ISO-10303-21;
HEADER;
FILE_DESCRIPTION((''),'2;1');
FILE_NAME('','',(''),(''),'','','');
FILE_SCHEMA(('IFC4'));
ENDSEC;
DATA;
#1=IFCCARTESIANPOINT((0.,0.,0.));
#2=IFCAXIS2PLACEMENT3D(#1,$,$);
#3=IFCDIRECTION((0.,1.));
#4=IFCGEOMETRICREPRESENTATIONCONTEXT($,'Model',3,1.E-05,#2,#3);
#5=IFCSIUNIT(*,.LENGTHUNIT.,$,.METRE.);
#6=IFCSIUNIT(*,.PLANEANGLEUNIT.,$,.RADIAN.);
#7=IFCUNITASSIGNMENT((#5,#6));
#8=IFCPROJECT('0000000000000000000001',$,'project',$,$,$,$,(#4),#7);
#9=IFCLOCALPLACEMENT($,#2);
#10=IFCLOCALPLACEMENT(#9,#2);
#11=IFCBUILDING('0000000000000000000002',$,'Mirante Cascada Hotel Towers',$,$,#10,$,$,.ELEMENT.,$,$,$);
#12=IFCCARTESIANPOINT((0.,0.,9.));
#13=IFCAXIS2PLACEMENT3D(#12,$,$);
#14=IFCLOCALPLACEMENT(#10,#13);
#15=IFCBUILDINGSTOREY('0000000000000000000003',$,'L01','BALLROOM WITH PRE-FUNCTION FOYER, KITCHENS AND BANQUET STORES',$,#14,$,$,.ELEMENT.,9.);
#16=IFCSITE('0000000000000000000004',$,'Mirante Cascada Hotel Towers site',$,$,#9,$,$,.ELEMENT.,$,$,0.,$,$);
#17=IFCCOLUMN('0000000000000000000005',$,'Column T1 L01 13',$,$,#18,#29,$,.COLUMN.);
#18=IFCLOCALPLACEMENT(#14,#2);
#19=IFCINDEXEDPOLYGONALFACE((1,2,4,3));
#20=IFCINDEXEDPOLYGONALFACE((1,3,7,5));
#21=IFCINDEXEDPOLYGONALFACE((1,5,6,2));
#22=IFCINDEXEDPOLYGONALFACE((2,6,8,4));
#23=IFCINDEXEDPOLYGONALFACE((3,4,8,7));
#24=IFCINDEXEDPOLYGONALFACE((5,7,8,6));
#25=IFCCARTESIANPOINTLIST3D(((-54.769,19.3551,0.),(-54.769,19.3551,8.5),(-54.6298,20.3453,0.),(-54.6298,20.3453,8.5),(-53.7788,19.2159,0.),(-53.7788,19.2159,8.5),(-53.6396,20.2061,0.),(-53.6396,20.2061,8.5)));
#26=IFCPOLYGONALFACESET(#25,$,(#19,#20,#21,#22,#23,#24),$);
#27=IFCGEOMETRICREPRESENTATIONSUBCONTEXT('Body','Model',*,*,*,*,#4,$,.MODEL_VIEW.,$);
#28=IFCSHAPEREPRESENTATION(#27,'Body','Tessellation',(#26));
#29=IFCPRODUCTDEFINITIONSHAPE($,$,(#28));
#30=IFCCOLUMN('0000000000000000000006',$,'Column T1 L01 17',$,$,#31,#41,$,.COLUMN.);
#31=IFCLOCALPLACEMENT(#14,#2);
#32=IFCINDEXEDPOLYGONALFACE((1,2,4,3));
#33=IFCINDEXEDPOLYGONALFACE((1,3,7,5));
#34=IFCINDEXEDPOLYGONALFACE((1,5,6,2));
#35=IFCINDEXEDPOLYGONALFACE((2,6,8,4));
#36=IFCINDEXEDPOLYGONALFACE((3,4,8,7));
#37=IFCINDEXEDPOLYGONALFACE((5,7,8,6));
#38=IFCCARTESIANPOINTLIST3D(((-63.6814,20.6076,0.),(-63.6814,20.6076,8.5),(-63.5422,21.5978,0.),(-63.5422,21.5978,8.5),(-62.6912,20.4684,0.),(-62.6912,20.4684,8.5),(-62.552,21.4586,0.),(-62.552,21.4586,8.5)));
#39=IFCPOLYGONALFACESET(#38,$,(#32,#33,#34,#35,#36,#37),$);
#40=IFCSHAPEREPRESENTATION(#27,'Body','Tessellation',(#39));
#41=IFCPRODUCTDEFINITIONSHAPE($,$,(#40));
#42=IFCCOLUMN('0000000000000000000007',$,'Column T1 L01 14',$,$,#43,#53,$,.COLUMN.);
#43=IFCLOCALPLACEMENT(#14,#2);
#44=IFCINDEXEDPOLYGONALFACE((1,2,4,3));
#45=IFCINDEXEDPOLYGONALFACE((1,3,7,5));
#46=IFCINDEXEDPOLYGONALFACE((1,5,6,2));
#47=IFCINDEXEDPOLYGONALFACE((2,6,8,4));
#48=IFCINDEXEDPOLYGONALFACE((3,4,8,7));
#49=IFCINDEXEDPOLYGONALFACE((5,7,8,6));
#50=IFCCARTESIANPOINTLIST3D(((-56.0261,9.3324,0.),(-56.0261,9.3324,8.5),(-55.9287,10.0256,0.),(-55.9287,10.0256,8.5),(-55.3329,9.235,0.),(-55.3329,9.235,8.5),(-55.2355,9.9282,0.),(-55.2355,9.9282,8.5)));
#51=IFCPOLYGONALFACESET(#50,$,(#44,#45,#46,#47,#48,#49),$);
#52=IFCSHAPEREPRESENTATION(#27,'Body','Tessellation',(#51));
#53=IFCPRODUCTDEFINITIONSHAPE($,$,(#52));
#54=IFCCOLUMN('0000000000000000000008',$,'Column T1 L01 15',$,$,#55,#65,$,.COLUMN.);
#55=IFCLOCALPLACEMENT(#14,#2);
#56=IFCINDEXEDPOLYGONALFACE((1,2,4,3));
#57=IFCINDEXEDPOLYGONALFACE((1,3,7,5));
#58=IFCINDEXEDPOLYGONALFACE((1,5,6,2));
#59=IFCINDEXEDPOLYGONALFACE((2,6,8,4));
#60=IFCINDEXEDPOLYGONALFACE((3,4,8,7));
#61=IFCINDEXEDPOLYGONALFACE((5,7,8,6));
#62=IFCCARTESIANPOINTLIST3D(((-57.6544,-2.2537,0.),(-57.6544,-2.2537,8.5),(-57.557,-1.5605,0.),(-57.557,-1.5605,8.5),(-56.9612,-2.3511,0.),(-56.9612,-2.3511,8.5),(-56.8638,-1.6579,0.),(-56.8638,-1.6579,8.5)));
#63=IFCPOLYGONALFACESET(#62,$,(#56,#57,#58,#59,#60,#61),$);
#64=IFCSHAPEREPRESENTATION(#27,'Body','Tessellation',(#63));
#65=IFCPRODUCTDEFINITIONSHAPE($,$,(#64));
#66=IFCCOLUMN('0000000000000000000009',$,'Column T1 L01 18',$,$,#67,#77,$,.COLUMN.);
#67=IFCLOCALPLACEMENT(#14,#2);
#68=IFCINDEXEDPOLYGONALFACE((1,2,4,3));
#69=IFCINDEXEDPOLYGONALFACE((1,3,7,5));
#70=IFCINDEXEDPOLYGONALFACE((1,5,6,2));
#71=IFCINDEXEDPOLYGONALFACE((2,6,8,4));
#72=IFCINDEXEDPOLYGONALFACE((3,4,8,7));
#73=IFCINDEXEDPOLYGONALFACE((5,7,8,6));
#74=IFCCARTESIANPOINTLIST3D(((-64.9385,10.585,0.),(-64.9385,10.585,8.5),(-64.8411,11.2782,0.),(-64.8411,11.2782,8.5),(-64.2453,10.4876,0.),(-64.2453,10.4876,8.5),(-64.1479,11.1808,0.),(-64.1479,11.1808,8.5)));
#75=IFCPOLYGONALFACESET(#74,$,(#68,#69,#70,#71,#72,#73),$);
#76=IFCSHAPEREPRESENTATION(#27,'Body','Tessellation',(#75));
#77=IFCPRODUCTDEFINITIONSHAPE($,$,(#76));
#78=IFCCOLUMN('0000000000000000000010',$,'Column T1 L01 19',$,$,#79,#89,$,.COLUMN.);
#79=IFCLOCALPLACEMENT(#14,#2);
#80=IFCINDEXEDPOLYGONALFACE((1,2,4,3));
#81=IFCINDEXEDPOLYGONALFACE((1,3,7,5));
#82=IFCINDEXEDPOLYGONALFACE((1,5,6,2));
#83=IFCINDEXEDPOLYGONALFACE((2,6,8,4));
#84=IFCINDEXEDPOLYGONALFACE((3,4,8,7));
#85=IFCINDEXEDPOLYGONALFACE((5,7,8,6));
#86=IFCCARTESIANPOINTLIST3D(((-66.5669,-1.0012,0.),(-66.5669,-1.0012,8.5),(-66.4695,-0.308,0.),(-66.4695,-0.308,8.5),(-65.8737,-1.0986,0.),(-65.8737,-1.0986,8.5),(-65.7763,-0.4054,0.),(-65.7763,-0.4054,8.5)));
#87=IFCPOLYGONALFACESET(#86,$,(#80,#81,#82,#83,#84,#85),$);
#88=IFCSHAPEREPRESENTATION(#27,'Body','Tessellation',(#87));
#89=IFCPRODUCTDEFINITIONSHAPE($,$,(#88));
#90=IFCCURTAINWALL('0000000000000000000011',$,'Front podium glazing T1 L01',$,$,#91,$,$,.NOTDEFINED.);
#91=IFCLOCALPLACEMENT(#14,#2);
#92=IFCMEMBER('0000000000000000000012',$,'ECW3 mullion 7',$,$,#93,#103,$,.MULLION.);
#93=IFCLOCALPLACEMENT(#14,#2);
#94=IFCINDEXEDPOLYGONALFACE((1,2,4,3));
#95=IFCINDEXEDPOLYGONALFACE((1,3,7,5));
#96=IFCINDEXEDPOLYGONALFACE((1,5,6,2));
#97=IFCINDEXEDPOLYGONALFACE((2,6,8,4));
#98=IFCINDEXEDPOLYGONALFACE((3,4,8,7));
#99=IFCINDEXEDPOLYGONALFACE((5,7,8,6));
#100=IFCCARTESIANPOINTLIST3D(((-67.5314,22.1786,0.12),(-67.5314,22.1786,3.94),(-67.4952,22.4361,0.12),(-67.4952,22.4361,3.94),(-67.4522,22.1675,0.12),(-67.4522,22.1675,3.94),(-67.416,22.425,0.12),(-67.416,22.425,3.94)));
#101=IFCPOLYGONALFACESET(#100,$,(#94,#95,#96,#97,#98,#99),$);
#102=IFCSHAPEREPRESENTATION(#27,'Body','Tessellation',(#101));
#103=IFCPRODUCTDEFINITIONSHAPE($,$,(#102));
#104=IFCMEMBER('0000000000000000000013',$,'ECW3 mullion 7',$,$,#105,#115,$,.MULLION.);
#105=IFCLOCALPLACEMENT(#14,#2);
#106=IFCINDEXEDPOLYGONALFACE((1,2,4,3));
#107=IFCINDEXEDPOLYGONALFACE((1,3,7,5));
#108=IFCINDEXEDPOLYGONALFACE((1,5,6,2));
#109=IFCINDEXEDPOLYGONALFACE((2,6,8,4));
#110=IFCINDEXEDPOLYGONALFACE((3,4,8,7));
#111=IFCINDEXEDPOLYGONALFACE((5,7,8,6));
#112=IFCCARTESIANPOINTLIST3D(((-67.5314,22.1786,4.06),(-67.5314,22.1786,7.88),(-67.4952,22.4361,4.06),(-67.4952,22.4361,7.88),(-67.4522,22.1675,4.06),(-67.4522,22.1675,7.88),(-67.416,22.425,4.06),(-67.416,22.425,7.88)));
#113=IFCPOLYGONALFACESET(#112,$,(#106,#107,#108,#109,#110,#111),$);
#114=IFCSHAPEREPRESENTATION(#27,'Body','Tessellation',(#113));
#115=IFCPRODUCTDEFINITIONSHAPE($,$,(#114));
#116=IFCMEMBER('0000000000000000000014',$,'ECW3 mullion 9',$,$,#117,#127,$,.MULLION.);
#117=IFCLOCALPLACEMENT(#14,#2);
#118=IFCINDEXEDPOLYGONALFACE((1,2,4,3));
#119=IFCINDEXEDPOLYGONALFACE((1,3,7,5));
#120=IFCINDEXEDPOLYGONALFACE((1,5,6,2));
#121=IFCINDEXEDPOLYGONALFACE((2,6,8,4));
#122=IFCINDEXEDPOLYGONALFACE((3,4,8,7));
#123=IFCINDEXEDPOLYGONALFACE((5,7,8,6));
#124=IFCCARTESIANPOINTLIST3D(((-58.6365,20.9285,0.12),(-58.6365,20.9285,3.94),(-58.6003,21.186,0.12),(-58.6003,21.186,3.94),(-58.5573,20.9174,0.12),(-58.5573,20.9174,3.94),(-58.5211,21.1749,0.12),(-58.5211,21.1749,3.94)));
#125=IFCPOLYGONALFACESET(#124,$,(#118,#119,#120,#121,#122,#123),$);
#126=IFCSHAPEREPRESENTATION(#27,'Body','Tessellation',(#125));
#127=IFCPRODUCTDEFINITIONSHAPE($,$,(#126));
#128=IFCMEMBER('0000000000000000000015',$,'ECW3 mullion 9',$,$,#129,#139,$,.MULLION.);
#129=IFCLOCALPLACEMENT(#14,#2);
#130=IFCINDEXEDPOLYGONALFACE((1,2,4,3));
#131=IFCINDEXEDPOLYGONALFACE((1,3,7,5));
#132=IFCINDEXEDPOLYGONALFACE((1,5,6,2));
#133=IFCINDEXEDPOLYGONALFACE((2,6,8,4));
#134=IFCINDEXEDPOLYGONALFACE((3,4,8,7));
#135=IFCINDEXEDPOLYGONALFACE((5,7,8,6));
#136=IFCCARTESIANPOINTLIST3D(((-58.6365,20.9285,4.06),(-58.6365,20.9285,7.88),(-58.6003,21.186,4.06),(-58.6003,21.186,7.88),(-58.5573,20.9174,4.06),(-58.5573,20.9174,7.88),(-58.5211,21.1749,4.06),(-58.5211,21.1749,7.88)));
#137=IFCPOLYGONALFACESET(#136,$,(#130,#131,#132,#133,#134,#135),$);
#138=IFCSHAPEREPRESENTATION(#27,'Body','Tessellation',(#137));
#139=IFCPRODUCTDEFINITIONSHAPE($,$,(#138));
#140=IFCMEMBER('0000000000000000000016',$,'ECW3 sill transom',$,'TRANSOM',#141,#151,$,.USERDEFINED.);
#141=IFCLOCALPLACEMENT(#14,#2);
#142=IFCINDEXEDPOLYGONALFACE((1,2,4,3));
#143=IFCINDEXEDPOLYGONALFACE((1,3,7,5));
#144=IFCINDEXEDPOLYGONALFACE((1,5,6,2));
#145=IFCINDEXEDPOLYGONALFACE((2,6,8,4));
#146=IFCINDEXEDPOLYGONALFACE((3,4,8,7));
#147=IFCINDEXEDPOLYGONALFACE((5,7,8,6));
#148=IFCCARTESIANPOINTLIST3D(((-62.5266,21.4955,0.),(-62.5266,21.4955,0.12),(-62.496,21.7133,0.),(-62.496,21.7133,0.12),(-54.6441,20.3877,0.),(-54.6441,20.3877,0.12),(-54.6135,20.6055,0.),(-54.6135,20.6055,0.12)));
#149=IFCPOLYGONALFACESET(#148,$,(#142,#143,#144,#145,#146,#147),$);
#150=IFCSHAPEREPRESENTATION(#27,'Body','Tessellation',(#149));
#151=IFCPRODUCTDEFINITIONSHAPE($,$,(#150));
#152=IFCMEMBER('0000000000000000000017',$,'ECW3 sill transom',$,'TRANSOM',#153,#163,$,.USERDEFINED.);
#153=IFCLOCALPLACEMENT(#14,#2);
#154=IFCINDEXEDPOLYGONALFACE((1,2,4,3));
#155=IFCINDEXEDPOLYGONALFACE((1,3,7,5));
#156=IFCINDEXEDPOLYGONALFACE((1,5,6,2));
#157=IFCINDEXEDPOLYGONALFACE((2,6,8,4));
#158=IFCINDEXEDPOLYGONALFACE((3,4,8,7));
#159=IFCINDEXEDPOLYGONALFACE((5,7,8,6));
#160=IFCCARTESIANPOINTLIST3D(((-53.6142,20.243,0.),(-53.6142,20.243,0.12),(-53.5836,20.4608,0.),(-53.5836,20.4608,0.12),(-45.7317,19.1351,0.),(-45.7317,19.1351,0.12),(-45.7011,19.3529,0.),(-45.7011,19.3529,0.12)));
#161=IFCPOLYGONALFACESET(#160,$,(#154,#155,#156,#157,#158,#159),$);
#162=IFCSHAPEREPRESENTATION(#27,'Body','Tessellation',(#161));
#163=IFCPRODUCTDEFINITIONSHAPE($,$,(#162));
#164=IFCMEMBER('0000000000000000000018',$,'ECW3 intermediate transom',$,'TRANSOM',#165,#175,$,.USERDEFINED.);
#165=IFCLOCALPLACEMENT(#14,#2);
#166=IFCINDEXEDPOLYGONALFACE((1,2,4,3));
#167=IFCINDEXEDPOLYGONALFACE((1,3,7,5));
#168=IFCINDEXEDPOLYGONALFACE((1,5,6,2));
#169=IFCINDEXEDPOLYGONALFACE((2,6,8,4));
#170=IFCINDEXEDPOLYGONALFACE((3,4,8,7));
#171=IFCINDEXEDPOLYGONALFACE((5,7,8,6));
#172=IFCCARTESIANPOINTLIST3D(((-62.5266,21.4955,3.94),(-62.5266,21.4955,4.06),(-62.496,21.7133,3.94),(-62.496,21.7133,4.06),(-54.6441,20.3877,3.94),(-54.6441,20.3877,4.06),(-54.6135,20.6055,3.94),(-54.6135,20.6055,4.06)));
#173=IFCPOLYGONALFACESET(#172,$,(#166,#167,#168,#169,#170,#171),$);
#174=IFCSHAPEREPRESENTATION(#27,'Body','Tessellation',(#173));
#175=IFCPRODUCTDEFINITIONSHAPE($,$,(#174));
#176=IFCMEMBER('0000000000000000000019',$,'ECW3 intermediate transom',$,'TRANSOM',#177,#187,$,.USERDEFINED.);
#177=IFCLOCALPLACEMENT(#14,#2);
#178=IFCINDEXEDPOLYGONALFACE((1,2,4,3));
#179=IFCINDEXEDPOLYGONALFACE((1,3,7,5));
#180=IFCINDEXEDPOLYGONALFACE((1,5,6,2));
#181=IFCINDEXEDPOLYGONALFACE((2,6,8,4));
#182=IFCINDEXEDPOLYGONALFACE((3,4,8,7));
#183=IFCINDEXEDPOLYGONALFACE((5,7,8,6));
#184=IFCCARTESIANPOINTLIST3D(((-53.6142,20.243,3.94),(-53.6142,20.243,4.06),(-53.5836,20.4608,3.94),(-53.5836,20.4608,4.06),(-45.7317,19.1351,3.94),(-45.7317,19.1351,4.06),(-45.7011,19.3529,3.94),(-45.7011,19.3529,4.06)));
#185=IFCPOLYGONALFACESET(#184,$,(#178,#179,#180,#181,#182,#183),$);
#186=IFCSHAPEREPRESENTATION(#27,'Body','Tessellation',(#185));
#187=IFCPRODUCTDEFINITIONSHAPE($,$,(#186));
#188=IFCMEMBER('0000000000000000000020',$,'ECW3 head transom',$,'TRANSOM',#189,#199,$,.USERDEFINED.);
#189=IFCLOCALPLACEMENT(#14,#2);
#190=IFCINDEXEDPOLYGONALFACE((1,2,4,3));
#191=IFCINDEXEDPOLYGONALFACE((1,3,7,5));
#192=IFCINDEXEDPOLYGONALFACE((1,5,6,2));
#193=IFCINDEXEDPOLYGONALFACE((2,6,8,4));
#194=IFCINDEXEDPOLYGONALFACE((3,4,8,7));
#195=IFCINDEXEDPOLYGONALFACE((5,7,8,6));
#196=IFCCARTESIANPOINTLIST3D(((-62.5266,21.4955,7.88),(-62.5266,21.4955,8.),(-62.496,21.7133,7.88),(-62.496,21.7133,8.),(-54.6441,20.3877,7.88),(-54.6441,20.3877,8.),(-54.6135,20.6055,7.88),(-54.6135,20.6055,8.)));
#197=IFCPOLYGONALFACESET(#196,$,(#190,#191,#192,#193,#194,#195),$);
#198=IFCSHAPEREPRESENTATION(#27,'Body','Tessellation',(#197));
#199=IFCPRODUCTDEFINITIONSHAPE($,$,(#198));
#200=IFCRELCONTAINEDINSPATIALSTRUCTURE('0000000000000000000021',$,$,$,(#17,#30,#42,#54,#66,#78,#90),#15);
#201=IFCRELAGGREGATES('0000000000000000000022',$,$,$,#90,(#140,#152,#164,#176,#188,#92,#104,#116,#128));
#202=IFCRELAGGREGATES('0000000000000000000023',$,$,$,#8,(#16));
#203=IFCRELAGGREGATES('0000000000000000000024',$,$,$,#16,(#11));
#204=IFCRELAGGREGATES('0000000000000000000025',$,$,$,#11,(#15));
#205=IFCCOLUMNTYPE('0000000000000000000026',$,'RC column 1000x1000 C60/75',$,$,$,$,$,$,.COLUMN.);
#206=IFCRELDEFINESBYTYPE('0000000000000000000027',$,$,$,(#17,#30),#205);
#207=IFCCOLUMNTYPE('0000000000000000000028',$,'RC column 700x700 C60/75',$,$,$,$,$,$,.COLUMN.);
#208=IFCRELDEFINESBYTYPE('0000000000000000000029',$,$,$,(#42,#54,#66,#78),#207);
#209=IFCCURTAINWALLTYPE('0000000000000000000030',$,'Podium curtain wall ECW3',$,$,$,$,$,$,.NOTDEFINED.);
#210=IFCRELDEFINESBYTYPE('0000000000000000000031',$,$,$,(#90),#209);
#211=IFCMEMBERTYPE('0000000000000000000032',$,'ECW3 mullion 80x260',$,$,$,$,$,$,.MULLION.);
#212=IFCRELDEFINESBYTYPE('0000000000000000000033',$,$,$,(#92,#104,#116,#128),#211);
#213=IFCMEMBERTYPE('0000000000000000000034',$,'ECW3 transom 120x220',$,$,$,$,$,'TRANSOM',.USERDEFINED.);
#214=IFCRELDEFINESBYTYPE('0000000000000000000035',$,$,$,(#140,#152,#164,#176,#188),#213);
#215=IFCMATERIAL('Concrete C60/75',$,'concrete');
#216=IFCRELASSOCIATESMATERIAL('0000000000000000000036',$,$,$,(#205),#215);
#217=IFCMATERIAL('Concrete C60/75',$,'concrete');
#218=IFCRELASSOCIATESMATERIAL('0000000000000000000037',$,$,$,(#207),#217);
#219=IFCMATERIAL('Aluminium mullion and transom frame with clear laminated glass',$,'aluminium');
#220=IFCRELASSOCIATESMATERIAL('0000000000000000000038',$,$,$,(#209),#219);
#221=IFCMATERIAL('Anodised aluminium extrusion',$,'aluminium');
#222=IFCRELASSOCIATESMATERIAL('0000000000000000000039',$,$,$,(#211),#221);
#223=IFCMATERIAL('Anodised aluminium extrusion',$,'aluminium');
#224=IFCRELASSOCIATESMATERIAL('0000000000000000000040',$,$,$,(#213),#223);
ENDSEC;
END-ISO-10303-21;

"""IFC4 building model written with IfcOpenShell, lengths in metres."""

from ifc_helpers import new_model, si_unit, direction, frame, origin, origin_2d, place, context, subcontext, project, spatial, rectangle, extrude, material, material_profile, profile_set, type_object, element, aggregate, save


model = new_model("IFC4")

# Units and contexts
model_context = context("Model", 3, precision=1e-05, world=origin(), true_north=direction((0.0, 1.0)))
body_context = subcontext(model_context, "Body", "Model", "MODEL_VIEW")
ifc_project = project(units=[si_unit("LENGTHUNIT", "METRE"), si_unit("PLANEANGLEUNIT", "RADIAN")], contexts=[model_context])

# Site, building, storey
site_placement = place(None, origin())
site = spatial("IfcSite", under=ifc_project, at=site_placement, Name="Mirante Cascada Hotel Towers site", CompositionType="ELEMENT", RefElevation=0.0)
building_placement = place(site_placement, origin())
building = spatial("IfcBuilding", under=site, at=building_placement, Name="Mirante Cascada Hotel Towers", CompositionType="ELEMENT")
storey_placement = place(building_placement, frame((0.0, 0.0, 9.0)))
storey = spatial("IfcBuildingStorey", under=building, at=storey_placement, Name="L01", Description="BALLROOM WITH PRE-FUNCTION FOYER, KITCHENS AND BANQUET STORES", CompositionType="ELEMENT", Elevation=9.0)

# Columns
ifc_material_1 = material(Name="Concrete C60/75", Category="concrete")
ifc_material_profile_1 = material_profile(ifc_material_1, rectangle(XDim=1.0, YDim=1.0, at=origin_2d()), Name="RC column 1000x1000 C60/75")
ifc_profile_set_1 = profile_set([ifc_material_profile_1], Name="Concrete C60/75")
column_type_1 = type_object("IfcColumnType", Name="RC column 1000x1000 C60/75", PredefinedType="COLUMN", material=ifc_profile_set_1)
for number, where, z_axis, x_axis, name in (
    (1, (-54.2043, 19.7806, 0.0), (0.0, 0.0, 1.0), (-0.990268, 0.139173, 0.0), "Column T1 L01 13"),
    (2, (-63.1167, 21.0331, 0.0), (0.0, 0.0, 1.0), (-0.990268, 0.139173, 0.0), "Column T1 L01 17"),
):
    element("IfcColumn", number, at=place(storey_placement, frame(where, z_axis=z_axis, x_axis=x_axis)), inside=storey, type_object=column_type_1, Name=name, PredefinedType="COLUMN", context=body_context, shape_type="SweptSolid", body=[
        extrude(rectangle(XDim=1.0, YDim=1.0, at=origin_2d()), origin(), (0.0, 0.0, 1.0), 8.5),
    ])
ifc_material_2 = material(Name="Concrete C60/75", Category="concrete")
ifc_material_profile_2 = material_profile(ifc_material_2, rectangle(XDim=0.7, YDim=0.7, at=origin_2d()), Name="RC column 700x700 C60/75")
ifc_profile_set_2 = profile_set([ifc_material_profile_2], Name="Concrete C60/75")
column_type_2 = type_object("IfcColumnType", Name="RC column 700x700 C60/75", PredefinedType="COLUMN", material=ifc_profile_set_2)
for number, where, z_axis, x_axis, name in (
    (3, (-55.6308, 9.6303, 0.0), (0.0, 0.0, 1.0), (-0.990268, 0.139173, 0.0), "Column T1 L01 14"),
    (4, (-57.2591, -1.9558, 0.0), (0.0, 0.0, 1.0), (-0.990268, 0.139173, 0.0), "Column T1 L01 15"),
    (5, (-64.5432, 10.8829, 0.0), (0.0, 0.0, 1.0), (-0.990268, 0.139173, 0.0), "Column T1 L01 18"),
    (6, (-66.1716, -0.7033, 0.0), (0.0, 0.0, 1.0), (-0.990268, 0.139173, 0.0), "Column T1 L01 19"),
):
    element("IfcColumn", number, at=place(storey_placement, frame(where, z_axis=z_axis, x_axis=x_axis)), inside=storey, type_object=column_type_2, Name=name, PredefinedType="COLUMN", context=body_context, shape_type="SweptSolid", body=[
        extrude(rectangle(XDim=0.7, YDim=0.7, at=origin_2d()), origin(), (0.0, 0.0, 1.0), 8.5),
    ])

# Curtain wall, members
ifc_material_3 = material(Name="Aluminium mullion and transom frame with clear laminated glass", Category="aluminium")
curtain_wall_type = type_object("IfcCurtainWallType", Name="Podium curtain wall ECW3", PredefinedType="NOTDEFINED", material=ifc_material_3)
curtain_wall_placement = place(storey_placement, origin())
curtain_wall = element("IfcCurtainWall", 7, at=curtain_wall_placement, inside=storey, type_object=curtain_wall_type, Name="Front podium glazing T1 L01", PredefinedType="NOTDEFINED")
ifc_material_4 = material(Name="Anodised aluminium extrusion", Category="aluminium")
ifc_material_profile_3 = material_profile(ifc_material_4, rectangle(XDim=0.26, YDim=0.08, at=origin_2d()), Name="ECW3 MULLION 80x260")
ifc_profile_set_3 = profile_set([ifc_material_profile_3], Name="Anodised aluminium extrusion")
member_type_1 = type_object("IfcMemberType", Name="ECW3 mullion 80x260", PredefinedType="MULLION", material=ifc_profile_set_3)
member_1_placement = place(storey_placement, frame((-67.4737, 22.3018, 0.12), z_axis=(0.0, 0.0, 1.0), x_axis=(0.139173, 0.990268, 0.0)))
member_1 = element("IfcMember", 8, at=member_1_placement, type_object=member_type_1, Name="ECW3 mullion 7", PredefinedType="MULLION", context=body_context, shape_type="SweptSolid", body=[
    extrude(rectangle(XDim=0.26, YDim=0.08, at=origin_2d()), origin(), (0.0, 0.0, 1.0), 3.82),
])
member_2_placement = place(storey_placement, frame((-67.4737, 22.3018, 4.06), z_axis=(0.0, 0.0, 1.0), x_axis=(0.139173, 0.990268, 0.0)))
member_2 = element("IfcMember", 9, at=member_2_placement, type_object=member_type_1, Name="ECW3 mullion 7", PredefinedType="MULLION", context=body_context, shape_type="SweptSolid", body=[
    extrude(rectangle(XDim=0.26, YDim=0.08, at=origin_2d()), origin(), (0.0, 0.0, 1.0), 3.82),
])
member_3_placement = place(storey_placement, frame((-58.5788, 21.0517, 0.12), z_axis=(0.0, 0.0, 1.0), x_axis=(0.139173, 0.990268, 0.0)))
member_3 = element("IfcMember", 10, at=member_3_placement, type_object=member_type_1, Name="ECW3 mullion 9", PredefinedType="MULLION", context=body_context, shape_type="SweptSolid", body=[
    extrude(rectangle(XDim=0.26, YDim=0.08, at=origin_2d()), origin(), (0.0, 0.0, 1.0), 3.82),
])
member_4_placement = place(storey_placement, frame((-58.5788, 21.0517, 4.06), z_axis=(0.0, 0.0, 1.0), x_axis=(0.139173, 0.990268, 0.0)))
member_4 = element("IfcMember", 11, at=member_4_placement, type_object=member_type_1, Name="ECW3 mullion 9", PredefinedType="MULLION", context=body_context, shape_type="SweptSolid", body=[
    extrude(rectangle(XDim=0.26, YDim=0.08, at=origin_2d()), origin(), (0.0, 0.0, 1.0), 3.82),
])
ifc_material_5 = material(Name="Anodised aluminium extrusion", Category="aluminium")
ifc_material_profile_4 = material_profile(ifc_material_5, rectangle(XDim=0.22, YDim=0.12, at=origin_2d()), Name="ECW3 TRANSOM 120x220")
ifc_profile_set_4 = profile_set([ifc_material_profile_4], Name="Anodised aluminium extrusion")
member_type_2 = type_object("IfcMemberType", Name="ECW3 transom 120x220", ElementType="TRANSOM", PredefinedType="USERDEFINED", material=ifc_profile_set_4)
member_5_placement = place(storey_placement, frame((-62.5113, 21.6044, 0.06), z_axis=(0.990268, -0.139172, 0.0), x_axis=(0.139172, 0.990268, 0.0)))
member_5 = element("IfcMember", 12, at=member_5_placement, type_object=member_type_2, Name="ECW3 sill transom", ObjectType="TRANSOM", PredefinedType="USERDEFINED", context=body_context, shape_type="SweptSolid", body=[
    extrude(rectangle(XDim=0.22, YDim=0.12, at=origin_2d()), origin(), (0.0, 0.0, 1.0), 7.96),
])
member_6_placement = place(storey_placement, frame((-53.5989, 20.3519, 0.06), z_axis=(0.990267, -0.139184, 0.0), x_axis=(0.139184, 0.990267, 0.0)))
member_6 = element("IfcMember", 13, at=member_6_placement, type_object=member_type_2, Name="ECW3 sill transom", ObjectType="TRANSOM", PredefinedType="USERDEFINED", context=body_context, shape_type="SweptSolid", body=[
    extrude(rectangle(XDim=0.22, YDim=0.12, at=origin_2d()), origin(), (0.0, 0.0, 1.0), 7.96),
])
member_7_placement = place(storey_placement, frame((-62.5113, 21.6044, 4.0), z_axis=(0.990268, -0.139172, 0.0), x_axis=(0.139172, 0.990268, 0.0)))
member_7 = element("IfcMember", 14, at=member_7_placement, type_object=member_type_2, Name="ECW3 intermediate transom", ObjectType="TRANSOM", PredefinedType="USERDEFINED", context=body_context, shape_type="SweptSolid", body=[
    extrude(rectangle(XDim=0.22, YDim=0.12, at=origin_2d()), origin(), (0.0, 0.0, 1.0), 7.96),
])
member_8_placement = place(storey_placement, frame((-53.5989, 20.3519, 4.0), z_axis=(0.990267, -0.139184, 0.0), x_axis=(0.139184, 0.990267, 0.0)))
member_8 = element("IfcMember", 15, at=member_8_placement, type_object=member_type_2, Name="ECW3 intermediate transom", ObjectType="TRANSOM", PredefinedType="USERDEFINED", context=body_context, shape_type="SweptSolid", body=[
    extrude(rectangle(XDim=0.22, YDim=0.12, at=origin_2d()), origin(), (0.0, 0.0, 1.0), 7.96),
])
member_9_placement = place(storey_placement, frame((-62.5113, 21.6044, 7.94), z_axis=(0.990268, -0.139172, 0.0), x_axis=(0.139172, 0.990268, 0.0)))
member_9 = element("IfcMember", 16, at=member_9_placement, type_object=member_type_2, Name="ECW3 head transom", ObjectType="TRANSOM", PredefinedType="USERDEFINED", context=body_context, shape_type="SweptSolid", body=[
    extrude(rectangle(XDim=0.22, YDim=0.12, at=origin_2d()), origin(), (0.0, 0.0, 1.0), 7.96),
])
aggregate(curtain_wall, [member_5, member_6, member_7, member_8, member_9, member_1, member_2, member_3, member_4])

save(model, "model.ifc")
